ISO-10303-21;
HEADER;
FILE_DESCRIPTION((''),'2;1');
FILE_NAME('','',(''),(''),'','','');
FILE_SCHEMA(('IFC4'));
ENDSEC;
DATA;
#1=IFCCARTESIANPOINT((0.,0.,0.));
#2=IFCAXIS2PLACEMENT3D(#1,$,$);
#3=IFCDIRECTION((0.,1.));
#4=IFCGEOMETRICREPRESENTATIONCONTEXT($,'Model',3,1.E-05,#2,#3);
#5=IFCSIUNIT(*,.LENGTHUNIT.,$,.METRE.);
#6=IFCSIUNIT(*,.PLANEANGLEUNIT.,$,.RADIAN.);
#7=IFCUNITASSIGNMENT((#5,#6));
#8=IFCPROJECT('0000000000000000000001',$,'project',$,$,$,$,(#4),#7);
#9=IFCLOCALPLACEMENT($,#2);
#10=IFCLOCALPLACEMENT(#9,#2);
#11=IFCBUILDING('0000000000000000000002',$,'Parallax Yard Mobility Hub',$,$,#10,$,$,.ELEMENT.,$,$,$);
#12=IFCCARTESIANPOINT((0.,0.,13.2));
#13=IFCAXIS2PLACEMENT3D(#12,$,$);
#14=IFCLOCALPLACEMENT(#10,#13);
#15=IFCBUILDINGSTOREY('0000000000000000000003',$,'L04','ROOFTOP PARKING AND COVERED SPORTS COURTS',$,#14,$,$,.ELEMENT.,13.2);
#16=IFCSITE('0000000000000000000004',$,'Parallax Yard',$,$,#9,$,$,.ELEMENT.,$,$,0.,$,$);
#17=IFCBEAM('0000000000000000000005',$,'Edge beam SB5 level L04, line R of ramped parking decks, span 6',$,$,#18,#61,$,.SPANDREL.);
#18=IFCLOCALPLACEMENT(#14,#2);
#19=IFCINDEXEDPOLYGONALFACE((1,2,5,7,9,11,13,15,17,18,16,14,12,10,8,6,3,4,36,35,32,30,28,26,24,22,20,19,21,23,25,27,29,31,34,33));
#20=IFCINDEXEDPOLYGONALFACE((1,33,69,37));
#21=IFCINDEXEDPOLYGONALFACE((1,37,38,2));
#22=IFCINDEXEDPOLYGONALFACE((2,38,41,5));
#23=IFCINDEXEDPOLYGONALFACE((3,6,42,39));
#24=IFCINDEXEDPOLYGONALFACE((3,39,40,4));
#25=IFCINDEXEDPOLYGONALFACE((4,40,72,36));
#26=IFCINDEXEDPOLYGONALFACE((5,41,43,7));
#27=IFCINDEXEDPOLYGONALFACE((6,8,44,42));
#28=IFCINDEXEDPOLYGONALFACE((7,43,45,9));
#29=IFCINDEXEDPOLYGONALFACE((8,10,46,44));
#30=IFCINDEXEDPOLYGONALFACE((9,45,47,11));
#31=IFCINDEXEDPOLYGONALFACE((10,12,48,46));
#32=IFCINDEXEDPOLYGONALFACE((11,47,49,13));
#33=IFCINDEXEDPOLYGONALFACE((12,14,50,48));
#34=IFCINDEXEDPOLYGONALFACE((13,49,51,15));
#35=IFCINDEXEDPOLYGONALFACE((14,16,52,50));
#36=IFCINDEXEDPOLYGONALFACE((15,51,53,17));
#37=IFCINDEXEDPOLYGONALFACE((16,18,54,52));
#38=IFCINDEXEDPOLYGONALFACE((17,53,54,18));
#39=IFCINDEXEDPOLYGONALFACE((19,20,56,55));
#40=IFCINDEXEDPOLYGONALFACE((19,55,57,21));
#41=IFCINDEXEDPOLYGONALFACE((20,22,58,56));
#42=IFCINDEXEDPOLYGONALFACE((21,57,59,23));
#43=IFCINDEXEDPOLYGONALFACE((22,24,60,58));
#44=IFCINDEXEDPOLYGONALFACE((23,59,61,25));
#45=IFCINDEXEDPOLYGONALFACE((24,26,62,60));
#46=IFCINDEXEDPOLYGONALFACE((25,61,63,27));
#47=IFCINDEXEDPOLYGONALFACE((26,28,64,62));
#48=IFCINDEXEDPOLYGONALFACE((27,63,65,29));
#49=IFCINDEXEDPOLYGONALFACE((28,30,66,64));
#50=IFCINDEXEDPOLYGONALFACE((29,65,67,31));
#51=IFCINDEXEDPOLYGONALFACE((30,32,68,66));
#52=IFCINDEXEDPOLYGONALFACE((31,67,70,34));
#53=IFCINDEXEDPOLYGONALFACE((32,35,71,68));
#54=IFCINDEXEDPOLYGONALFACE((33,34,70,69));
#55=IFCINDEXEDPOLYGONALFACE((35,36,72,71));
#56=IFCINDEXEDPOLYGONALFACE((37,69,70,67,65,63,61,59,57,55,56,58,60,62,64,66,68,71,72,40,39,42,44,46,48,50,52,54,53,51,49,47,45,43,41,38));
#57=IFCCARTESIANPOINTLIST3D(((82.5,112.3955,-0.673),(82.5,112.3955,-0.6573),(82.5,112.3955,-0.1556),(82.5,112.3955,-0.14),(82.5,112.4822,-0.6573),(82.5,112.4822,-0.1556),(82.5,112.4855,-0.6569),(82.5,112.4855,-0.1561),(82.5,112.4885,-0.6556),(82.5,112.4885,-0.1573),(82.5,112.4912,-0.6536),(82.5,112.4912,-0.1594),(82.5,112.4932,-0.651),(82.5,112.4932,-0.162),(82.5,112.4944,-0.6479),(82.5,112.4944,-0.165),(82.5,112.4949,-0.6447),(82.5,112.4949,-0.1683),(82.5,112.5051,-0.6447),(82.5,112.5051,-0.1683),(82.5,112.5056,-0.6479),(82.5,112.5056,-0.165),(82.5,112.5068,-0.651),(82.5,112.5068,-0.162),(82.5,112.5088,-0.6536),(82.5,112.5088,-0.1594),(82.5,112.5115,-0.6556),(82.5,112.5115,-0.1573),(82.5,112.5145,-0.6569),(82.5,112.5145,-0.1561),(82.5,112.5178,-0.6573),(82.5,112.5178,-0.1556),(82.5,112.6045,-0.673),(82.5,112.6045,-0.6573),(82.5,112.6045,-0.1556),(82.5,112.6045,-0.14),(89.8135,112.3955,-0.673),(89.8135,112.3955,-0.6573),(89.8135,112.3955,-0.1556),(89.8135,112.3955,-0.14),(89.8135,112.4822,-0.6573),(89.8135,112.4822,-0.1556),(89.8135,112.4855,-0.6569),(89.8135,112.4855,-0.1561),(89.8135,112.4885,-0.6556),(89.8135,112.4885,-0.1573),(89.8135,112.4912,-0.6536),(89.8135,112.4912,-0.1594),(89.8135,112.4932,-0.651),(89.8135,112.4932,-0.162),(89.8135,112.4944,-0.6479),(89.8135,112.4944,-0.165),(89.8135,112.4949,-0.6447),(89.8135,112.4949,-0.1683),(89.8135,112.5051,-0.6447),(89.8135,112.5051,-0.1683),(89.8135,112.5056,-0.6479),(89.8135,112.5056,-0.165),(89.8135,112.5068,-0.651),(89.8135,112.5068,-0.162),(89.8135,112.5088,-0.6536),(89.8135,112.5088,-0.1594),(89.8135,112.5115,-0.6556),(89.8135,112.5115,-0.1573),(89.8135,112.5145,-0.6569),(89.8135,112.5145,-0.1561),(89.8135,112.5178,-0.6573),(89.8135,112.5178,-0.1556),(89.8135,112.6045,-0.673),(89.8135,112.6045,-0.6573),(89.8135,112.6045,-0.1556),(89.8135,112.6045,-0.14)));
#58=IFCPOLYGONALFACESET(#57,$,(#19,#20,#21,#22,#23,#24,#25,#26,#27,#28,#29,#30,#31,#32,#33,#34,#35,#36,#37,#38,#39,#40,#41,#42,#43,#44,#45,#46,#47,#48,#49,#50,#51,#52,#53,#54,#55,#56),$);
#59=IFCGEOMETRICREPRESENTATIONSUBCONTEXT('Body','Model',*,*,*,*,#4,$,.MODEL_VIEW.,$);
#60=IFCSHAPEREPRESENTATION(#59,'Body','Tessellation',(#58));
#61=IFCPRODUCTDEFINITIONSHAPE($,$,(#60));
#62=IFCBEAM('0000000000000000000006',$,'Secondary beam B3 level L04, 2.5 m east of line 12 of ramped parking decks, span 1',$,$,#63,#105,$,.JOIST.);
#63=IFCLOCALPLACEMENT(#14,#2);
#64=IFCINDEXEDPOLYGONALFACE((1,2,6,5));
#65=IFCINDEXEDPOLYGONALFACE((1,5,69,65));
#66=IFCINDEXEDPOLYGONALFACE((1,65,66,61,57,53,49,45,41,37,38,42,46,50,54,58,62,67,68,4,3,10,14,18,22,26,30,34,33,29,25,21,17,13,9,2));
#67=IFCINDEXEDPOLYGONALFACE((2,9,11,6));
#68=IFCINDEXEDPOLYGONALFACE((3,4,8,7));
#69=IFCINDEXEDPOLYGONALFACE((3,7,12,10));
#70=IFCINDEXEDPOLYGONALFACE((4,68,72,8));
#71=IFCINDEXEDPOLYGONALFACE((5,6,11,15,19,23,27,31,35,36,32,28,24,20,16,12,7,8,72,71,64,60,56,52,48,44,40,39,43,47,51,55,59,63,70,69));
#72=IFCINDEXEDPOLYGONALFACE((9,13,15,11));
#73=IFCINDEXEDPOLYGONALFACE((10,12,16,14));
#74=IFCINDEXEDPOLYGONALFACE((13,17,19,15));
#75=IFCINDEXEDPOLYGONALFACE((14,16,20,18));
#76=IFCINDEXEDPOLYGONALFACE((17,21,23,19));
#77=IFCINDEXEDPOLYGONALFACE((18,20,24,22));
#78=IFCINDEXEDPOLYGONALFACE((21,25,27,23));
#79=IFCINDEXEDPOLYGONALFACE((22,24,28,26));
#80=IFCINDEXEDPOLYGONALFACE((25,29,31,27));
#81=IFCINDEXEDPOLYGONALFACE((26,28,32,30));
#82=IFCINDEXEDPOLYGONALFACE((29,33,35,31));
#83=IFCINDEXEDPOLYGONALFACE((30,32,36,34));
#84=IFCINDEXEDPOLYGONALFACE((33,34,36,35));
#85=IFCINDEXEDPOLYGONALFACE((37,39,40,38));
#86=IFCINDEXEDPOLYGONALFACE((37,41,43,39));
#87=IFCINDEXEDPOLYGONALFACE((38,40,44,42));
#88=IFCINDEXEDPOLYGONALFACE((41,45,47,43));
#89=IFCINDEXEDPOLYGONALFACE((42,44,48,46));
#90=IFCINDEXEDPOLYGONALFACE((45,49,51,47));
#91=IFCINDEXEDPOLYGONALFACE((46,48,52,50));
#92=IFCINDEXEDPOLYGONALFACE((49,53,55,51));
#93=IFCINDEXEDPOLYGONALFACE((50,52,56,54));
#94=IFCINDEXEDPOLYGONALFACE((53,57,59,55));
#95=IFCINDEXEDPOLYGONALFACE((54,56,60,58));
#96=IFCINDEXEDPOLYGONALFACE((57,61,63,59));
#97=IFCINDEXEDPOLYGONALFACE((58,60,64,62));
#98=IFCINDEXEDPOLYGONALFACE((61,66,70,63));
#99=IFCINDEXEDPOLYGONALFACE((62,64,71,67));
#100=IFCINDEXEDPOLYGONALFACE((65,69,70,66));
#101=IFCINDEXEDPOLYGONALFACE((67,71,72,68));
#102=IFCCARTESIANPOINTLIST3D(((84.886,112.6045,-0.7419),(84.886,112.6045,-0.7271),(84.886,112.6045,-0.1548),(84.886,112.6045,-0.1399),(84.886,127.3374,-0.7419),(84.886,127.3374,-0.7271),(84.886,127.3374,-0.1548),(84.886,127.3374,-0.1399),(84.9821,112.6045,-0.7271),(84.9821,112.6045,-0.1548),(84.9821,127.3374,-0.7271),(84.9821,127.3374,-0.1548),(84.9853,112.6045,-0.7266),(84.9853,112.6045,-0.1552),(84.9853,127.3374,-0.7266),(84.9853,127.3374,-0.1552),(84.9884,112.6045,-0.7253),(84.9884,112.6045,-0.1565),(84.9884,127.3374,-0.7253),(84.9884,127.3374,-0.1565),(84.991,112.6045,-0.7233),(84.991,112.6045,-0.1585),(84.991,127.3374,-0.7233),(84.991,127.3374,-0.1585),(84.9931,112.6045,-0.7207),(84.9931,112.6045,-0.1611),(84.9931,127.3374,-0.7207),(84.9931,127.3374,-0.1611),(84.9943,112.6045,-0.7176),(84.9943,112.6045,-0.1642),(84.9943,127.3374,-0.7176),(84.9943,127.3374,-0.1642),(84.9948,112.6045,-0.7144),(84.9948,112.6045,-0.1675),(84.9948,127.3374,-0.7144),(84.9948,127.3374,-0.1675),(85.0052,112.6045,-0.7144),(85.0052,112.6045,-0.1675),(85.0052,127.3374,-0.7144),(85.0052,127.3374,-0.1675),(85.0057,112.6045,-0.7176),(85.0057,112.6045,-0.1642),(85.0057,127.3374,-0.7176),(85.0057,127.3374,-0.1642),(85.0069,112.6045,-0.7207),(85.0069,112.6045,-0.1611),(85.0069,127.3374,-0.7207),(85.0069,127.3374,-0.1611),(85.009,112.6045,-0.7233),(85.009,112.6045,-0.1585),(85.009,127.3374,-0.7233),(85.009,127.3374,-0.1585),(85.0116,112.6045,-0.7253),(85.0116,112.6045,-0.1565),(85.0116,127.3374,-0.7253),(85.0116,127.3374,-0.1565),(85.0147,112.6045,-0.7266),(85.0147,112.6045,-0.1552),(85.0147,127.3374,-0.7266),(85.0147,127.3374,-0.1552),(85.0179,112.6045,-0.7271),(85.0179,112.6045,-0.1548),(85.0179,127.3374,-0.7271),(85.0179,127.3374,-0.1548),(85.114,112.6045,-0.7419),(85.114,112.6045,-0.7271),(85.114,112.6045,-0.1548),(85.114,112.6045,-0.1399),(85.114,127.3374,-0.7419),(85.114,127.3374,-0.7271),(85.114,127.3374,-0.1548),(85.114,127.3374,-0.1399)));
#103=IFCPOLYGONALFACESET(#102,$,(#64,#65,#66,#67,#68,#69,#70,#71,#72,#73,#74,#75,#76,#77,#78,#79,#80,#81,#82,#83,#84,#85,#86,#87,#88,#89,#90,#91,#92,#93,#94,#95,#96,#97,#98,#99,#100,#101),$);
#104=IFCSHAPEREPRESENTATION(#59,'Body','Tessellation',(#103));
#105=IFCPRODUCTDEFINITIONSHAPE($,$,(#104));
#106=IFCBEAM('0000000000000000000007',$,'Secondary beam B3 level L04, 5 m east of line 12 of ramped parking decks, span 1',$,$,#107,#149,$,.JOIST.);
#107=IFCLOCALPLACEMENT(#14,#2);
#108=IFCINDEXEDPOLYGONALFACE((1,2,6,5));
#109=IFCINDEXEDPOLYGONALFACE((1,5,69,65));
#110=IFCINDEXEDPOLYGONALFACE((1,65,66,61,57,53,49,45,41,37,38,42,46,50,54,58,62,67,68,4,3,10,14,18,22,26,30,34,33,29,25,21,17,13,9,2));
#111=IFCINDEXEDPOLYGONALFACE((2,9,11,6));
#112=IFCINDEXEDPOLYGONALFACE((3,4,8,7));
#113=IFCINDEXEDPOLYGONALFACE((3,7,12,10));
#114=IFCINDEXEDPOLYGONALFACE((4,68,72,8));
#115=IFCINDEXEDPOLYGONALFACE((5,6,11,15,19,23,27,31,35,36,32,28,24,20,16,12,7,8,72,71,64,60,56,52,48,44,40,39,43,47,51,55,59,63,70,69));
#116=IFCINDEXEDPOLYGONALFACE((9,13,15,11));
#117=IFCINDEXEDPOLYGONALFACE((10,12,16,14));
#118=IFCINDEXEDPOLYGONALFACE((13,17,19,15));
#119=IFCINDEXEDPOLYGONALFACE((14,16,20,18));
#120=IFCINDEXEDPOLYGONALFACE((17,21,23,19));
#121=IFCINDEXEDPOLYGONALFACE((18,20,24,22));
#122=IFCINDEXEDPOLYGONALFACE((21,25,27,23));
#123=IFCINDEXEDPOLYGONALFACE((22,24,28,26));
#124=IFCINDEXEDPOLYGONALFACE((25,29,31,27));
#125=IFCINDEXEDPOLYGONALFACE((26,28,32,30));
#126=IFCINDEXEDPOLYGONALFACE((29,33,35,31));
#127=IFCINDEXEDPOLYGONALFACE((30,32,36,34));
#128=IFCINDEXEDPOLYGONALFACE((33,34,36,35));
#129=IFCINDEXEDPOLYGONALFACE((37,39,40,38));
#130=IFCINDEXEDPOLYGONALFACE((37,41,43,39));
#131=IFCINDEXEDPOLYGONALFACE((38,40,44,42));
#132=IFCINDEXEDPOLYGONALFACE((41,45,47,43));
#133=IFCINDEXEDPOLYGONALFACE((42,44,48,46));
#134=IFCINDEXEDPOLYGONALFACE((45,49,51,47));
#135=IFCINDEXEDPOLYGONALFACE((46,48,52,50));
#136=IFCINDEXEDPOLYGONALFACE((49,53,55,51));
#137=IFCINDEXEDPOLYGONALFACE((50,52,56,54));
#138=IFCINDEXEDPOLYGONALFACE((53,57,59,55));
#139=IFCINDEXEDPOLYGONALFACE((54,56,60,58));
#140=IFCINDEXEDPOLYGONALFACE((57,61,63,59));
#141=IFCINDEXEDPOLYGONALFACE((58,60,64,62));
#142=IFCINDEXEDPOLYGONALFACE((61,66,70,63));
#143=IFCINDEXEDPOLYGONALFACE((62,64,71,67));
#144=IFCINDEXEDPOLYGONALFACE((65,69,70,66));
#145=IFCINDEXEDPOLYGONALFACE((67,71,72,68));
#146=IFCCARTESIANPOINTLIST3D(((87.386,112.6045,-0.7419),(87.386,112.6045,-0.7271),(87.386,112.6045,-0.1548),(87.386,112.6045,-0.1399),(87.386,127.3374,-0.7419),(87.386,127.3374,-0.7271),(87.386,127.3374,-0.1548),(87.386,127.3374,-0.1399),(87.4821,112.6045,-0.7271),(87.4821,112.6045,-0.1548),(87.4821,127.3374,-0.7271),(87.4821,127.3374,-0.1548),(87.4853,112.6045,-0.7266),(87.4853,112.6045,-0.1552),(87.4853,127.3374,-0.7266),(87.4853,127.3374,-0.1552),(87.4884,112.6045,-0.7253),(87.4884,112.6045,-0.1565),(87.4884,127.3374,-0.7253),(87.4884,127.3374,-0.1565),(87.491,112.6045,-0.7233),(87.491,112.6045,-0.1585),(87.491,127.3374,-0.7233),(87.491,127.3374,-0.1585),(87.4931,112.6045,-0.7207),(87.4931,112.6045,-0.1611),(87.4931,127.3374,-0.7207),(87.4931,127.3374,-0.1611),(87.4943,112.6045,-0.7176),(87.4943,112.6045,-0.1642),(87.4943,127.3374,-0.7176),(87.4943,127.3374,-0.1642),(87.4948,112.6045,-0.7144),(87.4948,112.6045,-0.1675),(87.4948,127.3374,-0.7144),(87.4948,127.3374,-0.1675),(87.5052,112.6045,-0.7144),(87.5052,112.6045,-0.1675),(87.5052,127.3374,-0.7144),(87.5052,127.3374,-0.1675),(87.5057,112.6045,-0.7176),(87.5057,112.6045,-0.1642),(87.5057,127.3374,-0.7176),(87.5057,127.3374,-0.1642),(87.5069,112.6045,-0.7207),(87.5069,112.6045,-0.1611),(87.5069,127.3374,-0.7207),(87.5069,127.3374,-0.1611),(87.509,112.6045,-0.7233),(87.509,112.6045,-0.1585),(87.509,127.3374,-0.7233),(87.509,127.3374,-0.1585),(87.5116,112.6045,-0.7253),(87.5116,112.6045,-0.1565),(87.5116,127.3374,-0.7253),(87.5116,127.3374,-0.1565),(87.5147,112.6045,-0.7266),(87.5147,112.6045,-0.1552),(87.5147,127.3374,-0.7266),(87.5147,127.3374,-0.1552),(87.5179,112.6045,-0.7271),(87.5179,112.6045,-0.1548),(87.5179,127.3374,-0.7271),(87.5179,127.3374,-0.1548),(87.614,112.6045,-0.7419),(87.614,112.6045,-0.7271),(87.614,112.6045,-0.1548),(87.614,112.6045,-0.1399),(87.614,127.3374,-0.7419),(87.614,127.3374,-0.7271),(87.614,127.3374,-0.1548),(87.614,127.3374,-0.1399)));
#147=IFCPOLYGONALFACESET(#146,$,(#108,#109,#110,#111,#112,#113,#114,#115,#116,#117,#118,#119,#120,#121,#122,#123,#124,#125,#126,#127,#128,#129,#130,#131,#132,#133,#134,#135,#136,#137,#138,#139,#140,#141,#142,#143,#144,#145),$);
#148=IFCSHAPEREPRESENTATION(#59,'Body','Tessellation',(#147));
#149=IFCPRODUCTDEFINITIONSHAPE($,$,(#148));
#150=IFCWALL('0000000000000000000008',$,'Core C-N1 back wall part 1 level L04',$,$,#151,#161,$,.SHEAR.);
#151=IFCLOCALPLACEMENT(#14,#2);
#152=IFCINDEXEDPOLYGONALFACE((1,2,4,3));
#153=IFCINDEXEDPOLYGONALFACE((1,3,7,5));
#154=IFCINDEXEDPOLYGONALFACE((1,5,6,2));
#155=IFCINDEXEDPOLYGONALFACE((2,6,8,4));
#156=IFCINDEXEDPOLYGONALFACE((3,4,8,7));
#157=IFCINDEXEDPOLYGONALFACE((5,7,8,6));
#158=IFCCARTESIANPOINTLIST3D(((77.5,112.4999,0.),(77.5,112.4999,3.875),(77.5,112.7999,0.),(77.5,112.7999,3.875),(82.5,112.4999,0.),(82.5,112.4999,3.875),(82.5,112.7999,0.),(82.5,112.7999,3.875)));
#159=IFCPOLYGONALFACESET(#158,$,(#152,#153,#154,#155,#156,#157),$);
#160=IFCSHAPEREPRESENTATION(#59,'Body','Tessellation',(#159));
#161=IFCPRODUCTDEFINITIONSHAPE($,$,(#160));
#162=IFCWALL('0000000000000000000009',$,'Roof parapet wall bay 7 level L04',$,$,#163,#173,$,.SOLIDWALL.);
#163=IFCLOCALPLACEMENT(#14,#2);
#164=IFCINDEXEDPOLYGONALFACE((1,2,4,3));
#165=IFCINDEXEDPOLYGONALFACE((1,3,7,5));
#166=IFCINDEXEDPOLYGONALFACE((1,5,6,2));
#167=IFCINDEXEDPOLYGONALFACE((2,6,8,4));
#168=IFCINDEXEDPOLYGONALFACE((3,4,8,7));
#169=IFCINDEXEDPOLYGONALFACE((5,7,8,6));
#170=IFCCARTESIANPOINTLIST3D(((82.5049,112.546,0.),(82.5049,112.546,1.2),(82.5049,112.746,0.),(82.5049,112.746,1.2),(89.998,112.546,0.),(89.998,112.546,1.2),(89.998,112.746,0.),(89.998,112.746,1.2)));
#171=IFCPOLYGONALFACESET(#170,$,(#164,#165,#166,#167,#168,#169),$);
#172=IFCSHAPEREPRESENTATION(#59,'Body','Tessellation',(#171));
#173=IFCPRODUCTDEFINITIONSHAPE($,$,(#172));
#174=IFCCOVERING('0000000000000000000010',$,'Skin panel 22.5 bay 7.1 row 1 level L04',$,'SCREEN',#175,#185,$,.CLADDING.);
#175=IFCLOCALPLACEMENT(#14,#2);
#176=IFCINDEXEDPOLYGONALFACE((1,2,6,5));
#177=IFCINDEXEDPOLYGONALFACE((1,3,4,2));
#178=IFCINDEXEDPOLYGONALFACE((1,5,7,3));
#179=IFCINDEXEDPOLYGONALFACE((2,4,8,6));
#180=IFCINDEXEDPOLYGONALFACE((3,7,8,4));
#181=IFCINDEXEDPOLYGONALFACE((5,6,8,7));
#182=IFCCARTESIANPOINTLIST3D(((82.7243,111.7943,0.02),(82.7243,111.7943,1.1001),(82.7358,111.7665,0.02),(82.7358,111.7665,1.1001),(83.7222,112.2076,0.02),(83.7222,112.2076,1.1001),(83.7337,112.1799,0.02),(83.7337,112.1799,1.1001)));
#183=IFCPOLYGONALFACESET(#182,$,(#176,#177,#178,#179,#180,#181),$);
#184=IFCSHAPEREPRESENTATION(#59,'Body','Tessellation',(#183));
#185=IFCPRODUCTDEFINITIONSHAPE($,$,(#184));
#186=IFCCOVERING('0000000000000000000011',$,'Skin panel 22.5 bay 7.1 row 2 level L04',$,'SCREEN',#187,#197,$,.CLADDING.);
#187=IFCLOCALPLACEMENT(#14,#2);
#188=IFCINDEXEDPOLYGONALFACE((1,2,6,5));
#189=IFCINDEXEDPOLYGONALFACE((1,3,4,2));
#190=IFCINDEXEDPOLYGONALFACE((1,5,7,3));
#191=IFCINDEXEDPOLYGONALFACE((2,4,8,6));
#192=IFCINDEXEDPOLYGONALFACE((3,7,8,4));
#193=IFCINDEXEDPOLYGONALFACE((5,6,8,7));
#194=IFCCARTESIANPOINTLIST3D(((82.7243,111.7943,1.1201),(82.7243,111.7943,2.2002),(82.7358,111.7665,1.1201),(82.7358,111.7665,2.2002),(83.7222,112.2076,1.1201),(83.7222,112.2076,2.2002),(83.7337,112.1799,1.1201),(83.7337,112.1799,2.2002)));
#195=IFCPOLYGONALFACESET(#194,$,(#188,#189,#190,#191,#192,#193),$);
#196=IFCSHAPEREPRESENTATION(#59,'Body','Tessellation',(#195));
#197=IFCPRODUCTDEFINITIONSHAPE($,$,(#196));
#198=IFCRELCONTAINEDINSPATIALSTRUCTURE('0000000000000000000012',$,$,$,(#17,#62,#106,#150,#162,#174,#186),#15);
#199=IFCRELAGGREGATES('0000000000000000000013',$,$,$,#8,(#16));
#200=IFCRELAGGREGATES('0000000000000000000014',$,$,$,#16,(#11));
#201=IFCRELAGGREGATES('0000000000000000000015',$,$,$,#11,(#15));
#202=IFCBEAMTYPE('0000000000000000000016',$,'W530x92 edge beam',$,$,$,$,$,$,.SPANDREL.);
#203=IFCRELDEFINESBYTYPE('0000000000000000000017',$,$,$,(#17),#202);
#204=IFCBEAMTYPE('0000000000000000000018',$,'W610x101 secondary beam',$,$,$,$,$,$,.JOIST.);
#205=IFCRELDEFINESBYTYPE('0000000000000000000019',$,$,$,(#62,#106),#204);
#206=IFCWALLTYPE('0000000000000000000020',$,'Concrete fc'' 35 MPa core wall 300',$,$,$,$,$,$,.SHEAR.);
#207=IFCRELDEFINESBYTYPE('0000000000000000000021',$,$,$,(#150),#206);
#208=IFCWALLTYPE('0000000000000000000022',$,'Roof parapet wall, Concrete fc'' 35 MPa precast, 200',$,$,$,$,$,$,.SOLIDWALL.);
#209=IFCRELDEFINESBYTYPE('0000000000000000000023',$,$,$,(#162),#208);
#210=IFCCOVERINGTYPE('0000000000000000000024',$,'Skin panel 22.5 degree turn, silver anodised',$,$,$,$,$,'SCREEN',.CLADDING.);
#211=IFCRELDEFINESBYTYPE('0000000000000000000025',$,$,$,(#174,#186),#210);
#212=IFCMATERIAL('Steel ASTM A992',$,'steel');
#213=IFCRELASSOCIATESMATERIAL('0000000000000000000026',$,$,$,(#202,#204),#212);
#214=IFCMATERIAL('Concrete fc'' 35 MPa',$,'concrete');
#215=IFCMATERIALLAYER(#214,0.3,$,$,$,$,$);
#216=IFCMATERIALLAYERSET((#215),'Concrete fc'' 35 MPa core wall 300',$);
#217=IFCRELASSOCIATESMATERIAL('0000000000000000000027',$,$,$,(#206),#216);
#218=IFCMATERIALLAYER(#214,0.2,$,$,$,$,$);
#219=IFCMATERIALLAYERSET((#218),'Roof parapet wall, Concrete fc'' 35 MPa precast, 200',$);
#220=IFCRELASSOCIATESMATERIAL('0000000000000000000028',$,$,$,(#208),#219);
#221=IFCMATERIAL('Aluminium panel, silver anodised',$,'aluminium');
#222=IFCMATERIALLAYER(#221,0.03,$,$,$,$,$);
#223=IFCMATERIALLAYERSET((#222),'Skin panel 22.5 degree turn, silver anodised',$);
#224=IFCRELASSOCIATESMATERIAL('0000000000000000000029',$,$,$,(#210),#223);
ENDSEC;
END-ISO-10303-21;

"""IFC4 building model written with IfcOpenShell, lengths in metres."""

from ifc_helpers import new_model, si_unit, direction, frame, frame_2d, origin, origin_2d, place, context, subcontext, project, spatial, rectangle, i_section, extrude, material, layer, layer_set, material_profile, profile_set, type_object, element, save


model = new_model("IFC4")

# Units and contexts
model_context = context("Model", 3, precision=1e-05, world=origin(), true_north=direction((0.0, 1.0)))
body_context = subcontext(model_context, "Body", "Model", "MODEL_VIEW")
ifc_project = project(units=[si_unit("LENGTHUNIT", "METRE"), si_unit("PLANEANGLEUNIT", "RADIAN")], contexts=[model_context])

# Site, building, storey
site_placement = place(None, origin())
site = spatial("IfcSite", under=ifc_project, at=site_placement, Name="Parallax Yard", CompositionType="ELEMENT", RefElevation=0.0)
building_placement = place(site_placement, origin())
building = spatial("IfcBuilding", under=site, at=building_placement, Name="Parallax Yard Mobility Hub", CompositionType="ELEMENT")
storey_placement = place(building_placement, frame((0.0, 0.0, 13.2)))
storey = spatial("IfcBuildingStorey", under=building, at=storey_placement, Name="L04", Description="ROOFTOP PARKING AND COVERED SPORTS COURTS", CompositionType="ELEMENT", Elevation=13.2)

# Beams
ifc_material_1 = material(Name="Steel ASTM A992", Category="steel")
ifc_material_profile_1 = material_profile(ifc_material_1, i_section(OverallWidth=0.209, OverallDepth=0.533, WebThickness=0.0103, FlangeThickness=0.0156, FilletRadius=0.0127, at=origin_2d()), Name="W530x92")
ifc_profile_set_1 = profile_set([ifc_material_profile_1], Name="Steel ASTM A992")
beam_type_1 = type_object("IfcBeamType", Name="W530x92 edge beam", PredefinedType="SPANDREL", material=ifc_profile_set_1)
beam_placement = place(storey_placement, frame((82.5, 112.5, -0.4065), z_axis=(1.0, 0.0, 0.0), x_axis=(0.0, 1.0, 0.0)))
element("IfcBeam", 1, at=beam_placement, inside=storey, type_object=beam_type_1, Name="Edge beam SB5 level L04, line R of ramped parking decks, span 6", PredefinedType="SPANDREL", context=body_context, shape_type="SweptSolid", body=[
    extrude(i_section(OverallWidth=0.209, OverallDepth=0.533, WebThickness=0.0103, FlangeThickness=0.0156, FilletRadius=0.0127, at=origin_2d()), origin(), (0.0, 0.0, 1.0), 7.3135),
])
ifc_material_profile_2 = material_profile(ifc_material_1, i_section(OverallWidth=0.228, OverallDepth=0.6021, WebThickness=0.0105, FlangeThickness=0.0149, FilletRadius=0.0127, at=origin_2d()), Name="W610x101")
ifc_profile_set_2 = profile_set([ifc_material_profile_2], Name="Steel ASTM A992")
beam_type_2 = type_object("IfcBeamType", Name="W610x101 secondary beam", PredefinedType="JOIST", material=ifc_profile_set_2)
for number, where, z_axis, x_axis, name in (
    (2, (85.0, 112.6045, -0.4409), (0.0, 1.0, 0.0), (-1.0, 0.0, 0.0), "Secondary beam B3 level L04, 2.5 m east of line 12 of ramped parking decks, span 1"),
    (3, (87.5, 112.6045, -0.4409), (0.0, 1.0, 0.0), (-1.0, 0.0, 0.0), "Secondary beam B3 level L04, 5 m east of line 12 of ramped parking decks, span 1"),
):
    element("IfcBeam", number, at=place(storey_placement, frame(where, z_axis=z_axis, x_axis=x_axis)), inside=storey, type_object=beam_type_2, Name=name, PredefinedType="JOIST", context=body_context, shape_type="SweptSolid", body=[
        extrude(i_section(OverallWidth=0.228, OverallDepth=0.6021, WebThickness=0.0105, FlangeThickness=0.0149, FilletRadius=0.0127, at=origin_2d()), origin(), (0.0, 0.0, 1.0), 14.7329),
    ])

# Walls
ifc_material_2 = material(Name="Concrete fc' 35 MPa", Category="concrete")
ifc_layer_1 = layer(ifc_material_2, 0.3)
ifc_layer_set_1 = layer_set([ifc_layer_1], Name="Concrete fc' 35 MPa core wall 300")
wall_type_1 = type_object("IfcWallType", Name="Concrete fc' 35 MPa core wall 300", PredefinedType="SHEAR", material=ifc_layer_set_1)
wall_1_placement = place(storey_placement, frame((82.5, 112.6499, 0.0), z_axis=(0.0, 0.0, 1.0), x_axis=(-1.0, 0.0, 0.0)))
element("IfcWall", 4, at=wall_1_placement, inside=storey, type_object=wall_type_1, Name="Core C-N1 back wall part 1 level L04", PredefinedType="SHEAR", context=body_context, shape_type="SweptSolid", body=[
    extrude(rectangle(XDim=5.0, YDim=0.3, at=frame_2d((2.5, 0.0))), origin(), (0.0, 0.0, 1.0), 3.875),
])
ifc_layer_2 = layer(ifc_material_2, 0.2)
ifc_layer_set_2 = layer_set([ifc_layer_2], Name="Roof parapet wall, Concrete fc' 35 MPa precast, 200")
wall_type_2 = type_object("IfcWallType", Name="Roof parapet wall, Concrete fc' 35 MPa precast, 200", PredefinedType="SOLIDWALL", material=ifc_layer_set_2)
wall_2_placement = place(storey_placement, frame((82.5049, 112.646, 0.0), z_axis=(0.0, 0.0, 1.0), x_axis=(1.0, 0.0, 0.0)))
element("IfcWall", 5, at=wall_2_placement, inside=storey, type_object=wall_type_2, Name="Roof parapet wall bay 7 level L04", PredefinedType="SOLIDWALL", context=body_context, shape_type="SweptSolid", body=[
    extrude(rectangle(XDim=7.4932, YDim=0.2, at=frame_2d((3.7466, 0.0))), origin(), (0.0, 0.0, 1.0), 1.2),
])

# Coverings
ifc_material_3 = material(Name="Aluminium panel, silver anodised", Category="aluminium")
ifc_layer_3 = layer(ifc_material_3, 0.03)
ifc_layer_set_3 = layer_set([ifc_layer_3], Name="Skin panel 22.5 degree turn, silver anodised")
covering_type_1 = type_object("IfcCoveringType", Name="Skin panel 22.5 degree turn, silver anodised", ElementType="SCREEN", PredefinedType="CLADDING", material=ifc_layer_set_3)
for number, where, z_axis, x_axis, name in (
    (6, (83.229, 111.9871, 0.02), (0.0, 0.0, 1.0), (-0.92388, -0.382683, 0.0), "Skin panel 22.5 bay 7.1 row 1 level L04"),
    (7, (83.229, 111.9871, 1.1201), (0.0, 0.0, 1.0), (-0.92388, -0.382683, 0.0), "Skin panel 22.5 bay 7.1 row 2 level L04"),
):
    element("IfcCovering", number, at=place(storey_placement, frame(where, z_axis=z_axis, x_axis=x_axis)), inside=storey, type_object=covering_type_1, Name=name, ObjectType="SCREEN", PredefinedType="CLADDING", context=body_context, shape_type="SweptSolid", body=[
        extrude(rectangle(XDim=1.0801, YDim=0.03, at=origin_2d()), origin(), (0.0, 0.0, 1.0), 1.0801),
    ])

save(model, "model.ifc")
